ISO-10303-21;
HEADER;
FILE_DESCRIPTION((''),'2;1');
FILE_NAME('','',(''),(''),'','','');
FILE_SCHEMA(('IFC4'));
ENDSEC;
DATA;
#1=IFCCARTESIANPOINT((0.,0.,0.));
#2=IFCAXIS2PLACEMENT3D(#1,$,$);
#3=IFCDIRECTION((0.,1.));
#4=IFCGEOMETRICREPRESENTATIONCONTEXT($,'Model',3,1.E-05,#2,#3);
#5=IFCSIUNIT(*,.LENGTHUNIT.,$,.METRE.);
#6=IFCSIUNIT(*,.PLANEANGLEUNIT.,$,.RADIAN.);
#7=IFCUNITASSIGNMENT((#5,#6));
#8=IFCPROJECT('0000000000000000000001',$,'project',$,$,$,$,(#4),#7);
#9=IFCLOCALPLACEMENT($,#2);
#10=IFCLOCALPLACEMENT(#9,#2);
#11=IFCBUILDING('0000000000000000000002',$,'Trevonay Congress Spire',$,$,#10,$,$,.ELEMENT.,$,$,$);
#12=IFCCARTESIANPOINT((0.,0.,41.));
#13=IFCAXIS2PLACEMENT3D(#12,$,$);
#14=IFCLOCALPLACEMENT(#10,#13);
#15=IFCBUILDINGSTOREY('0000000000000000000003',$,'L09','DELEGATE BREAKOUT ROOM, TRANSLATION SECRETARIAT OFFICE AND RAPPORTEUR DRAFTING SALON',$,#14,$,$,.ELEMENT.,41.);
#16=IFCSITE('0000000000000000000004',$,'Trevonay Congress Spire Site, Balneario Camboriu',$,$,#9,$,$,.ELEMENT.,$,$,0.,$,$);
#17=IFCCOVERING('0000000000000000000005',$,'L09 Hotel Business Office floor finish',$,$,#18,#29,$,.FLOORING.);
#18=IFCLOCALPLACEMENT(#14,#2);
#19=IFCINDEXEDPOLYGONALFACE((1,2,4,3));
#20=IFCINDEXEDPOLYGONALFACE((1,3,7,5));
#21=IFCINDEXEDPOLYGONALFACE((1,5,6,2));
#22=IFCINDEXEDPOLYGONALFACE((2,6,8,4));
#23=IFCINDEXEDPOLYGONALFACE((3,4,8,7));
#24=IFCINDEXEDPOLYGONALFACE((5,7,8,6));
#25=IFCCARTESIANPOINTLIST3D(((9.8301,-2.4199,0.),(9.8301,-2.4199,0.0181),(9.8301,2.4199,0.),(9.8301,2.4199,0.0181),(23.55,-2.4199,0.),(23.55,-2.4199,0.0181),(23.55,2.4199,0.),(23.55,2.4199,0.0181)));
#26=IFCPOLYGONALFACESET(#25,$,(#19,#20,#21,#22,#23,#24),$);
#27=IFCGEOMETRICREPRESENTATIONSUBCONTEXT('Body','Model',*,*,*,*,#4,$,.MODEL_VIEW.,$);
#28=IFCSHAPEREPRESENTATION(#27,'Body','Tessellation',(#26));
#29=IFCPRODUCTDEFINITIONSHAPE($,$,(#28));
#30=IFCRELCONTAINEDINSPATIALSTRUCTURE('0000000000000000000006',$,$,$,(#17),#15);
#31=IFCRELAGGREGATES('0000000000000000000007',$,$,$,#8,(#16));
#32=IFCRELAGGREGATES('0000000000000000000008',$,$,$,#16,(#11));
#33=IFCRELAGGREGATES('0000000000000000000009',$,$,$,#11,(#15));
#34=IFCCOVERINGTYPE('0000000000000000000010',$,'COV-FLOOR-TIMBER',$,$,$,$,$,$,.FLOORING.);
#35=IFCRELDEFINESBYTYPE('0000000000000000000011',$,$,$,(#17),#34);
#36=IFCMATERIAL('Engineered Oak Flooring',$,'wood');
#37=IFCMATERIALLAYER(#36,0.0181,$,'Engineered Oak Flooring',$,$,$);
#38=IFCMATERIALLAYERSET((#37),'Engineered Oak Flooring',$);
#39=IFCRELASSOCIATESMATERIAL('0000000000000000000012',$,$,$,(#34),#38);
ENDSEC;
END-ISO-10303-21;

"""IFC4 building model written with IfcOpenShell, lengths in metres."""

from ifc_helpers import new_model, si_unit, direction, frame, origin, place, context, subcontext, project, spatial, polyline, outline, extrude, material, layer, layer_set, type_object, element, save


model = new_model("IFC4")

# Units and contexts
model_context = context("Model", 3, precision=1e-05, world=origin(), true_north=direction((0.0, 1.0)))
body_context = subcontext(model_context, "Body", "Model", "MODEL_VIEW")
ifc_project = project(units=[si_unit("LENGTHUNIT", "METRE"), si_unit("PLANEANGLEUNIT", "RADIAN")], contexts=[model_context])

# Site, building, storey
site_placement = place(None, origin())
site = spatial("IfcSite", under=ifc_project, at=site_placement, Name="Trevonay Congress Spire Site, Balneario Camboriu", CompositionType="ELEMENT", RefElevation=0.0)
building_placement = place(site_placement, origin())
building = spatial("IfcBuilding", under=site, at=building_placement, Name="Trevonay Congress Spire", CompositionType="ELEMENT")
storey_placement = place(building_placement, frame((0.0, 0.0, 41.0)))
storey = spatial("IfcBuildingStorey", under=building, at=storey_placement, Name="L09", Description="DELEGATE BREAKOUT ROOM, TRANSLATION SECRETARIAT OFFICE AND RAPPORTEUR DRAFTING SALON", CompositionType="ELEMENT", Elevation=41.0)

# Covering
ifc_material_1 = material(Name="Engineered Oak Flooring", Category="wood")
ifc_layer_1 = layer(ifc_material_1, 0.0181, Name="Engineered Oak Flooring")
ifc_layer_set_1 = layer_set([ifc_layer_1], Name="Engineered Oak Flooring")
covering_type_1 = type_object("IfcCoveringType", Name="COV-FLOOR-TIMBER", PredefinedType="FLOORING", material=ifc_layer_set_1)
covering_1_placement = place(storey_placement, origin())
element("IfcCovering", 1, at=covering_1_placement, inside=storey, type_object=covering_type_1, Name="L09 Hotel Business Office floor finish", PredefinedType="FLOORING", context=body_context, shape_type="SweptSolid", body=[
    extrude(outline(polyline([(9.8301, -2.4199), (23.55, -2.4199), (23.55, 2.4199), (9.8301, 2.4199), (9.8301, -2.4199)])), origin(), (0.0, 0.0, 1.0), 0.0181),
])

save(model, "model.ifc")
